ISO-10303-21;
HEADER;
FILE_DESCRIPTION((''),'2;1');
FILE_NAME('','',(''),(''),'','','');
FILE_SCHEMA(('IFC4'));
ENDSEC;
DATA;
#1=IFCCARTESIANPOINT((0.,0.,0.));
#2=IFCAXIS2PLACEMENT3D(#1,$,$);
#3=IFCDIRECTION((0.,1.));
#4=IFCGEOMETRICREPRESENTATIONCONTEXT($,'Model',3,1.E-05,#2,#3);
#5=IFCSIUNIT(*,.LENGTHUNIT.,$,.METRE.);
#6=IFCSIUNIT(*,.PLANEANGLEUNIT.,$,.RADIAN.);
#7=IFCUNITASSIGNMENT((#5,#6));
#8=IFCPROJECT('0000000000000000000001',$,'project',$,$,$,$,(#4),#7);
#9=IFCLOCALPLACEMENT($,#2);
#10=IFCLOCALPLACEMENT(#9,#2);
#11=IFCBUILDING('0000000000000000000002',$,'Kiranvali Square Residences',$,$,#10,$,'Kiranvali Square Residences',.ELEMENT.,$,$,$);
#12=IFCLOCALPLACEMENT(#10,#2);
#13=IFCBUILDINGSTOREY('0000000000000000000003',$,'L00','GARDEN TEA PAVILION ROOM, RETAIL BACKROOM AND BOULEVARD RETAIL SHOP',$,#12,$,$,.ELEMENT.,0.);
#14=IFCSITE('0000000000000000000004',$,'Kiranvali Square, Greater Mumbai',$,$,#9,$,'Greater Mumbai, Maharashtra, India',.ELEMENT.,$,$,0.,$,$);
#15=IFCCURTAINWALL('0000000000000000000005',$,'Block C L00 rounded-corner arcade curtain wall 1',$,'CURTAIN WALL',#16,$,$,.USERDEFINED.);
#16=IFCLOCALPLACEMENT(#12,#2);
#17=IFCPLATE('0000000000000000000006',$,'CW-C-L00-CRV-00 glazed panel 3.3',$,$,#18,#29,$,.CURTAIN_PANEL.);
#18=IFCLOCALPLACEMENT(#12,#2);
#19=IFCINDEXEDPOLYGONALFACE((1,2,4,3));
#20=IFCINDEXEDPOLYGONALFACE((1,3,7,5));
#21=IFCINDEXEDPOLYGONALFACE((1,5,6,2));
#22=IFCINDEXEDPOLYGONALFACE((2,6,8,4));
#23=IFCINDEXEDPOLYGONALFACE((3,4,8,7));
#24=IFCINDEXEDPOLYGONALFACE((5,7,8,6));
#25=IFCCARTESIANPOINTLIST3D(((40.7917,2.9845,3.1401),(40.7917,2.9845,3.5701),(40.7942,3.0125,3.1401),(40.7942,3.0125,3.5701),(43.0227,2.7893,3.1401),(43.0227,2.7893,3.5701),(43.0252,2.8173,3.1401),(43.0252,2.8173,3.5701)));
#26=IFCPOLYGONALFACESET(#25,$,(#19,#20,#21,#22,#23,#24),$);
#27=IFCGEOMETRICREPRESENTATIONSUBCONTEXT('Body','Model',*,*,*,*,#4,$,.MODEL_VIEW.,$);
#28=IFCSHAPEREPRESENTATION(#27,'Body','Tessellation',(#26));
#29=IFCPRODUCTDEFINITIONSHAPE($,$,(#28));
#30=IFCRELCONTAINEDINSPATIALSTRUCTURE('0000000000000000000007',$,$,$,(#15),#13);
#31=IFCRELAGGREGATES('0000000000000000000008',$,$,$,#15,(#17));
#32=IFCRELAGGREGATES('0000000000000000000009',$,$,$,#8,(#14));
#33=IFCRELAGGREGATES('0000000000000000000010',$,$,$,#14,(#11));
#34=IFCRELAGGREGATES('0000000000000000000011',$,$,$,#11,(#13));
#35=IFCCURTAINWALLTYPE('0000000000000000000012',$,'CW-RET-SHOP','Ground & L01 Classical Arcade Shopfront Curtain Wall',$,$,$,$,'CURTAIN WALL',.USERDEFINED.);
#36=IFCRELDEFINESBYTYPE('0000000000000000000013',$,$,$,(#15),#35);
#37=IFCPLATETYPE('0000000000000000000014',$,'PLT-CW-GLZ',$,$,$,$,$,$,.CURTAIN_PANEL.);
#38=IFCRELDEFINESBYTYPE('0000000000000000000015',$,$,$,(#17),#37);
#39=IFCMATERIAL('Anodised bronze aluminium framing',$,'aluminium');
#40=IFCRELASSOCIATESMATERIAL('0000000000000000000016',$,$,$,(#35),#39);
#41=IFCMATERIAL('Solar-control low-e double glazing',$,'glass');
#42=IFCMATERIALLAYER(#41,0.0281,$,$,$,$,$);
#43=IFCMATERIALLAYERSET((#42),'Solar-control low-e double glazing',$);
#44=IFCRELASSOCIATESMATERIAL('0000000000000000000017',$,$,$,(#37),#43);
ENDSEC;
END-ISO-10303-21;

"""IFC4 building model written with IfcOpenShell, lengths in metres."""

from ifc_helpers import new_model, si_unit, direction, frame, origin, origin_2d, place, context, subcontext, project, spatial, rectangle, extrude, material, layer, layer_set, type_object, element, aggregate, save


model = new_model("IFC4")

# Units and contexts
model_context = context("Model", 3, precision=1e-05, world=origin(), true_north=direction((0.0, 1.0)))
body_context = subcontext(model_context, "Body", "Model", "MODEL_VIEW")
ifc_project = project(units=[si_unit("LENGTHUNIT", "METRE"), si_unit("PLANEANGLEUNIT", "RADIAN")], contexts=[model_context])

# Site, building, storey
site_placement = place(None, origin())
site = spatial("IfcSite", under=ifc_project, at=site_placement, Name="Kiranvali Square, Greater Mumbai", LongName="Greater Mumbai, Maharashtra, India", CompositionType="ELEMENT", RefElevation=0.0)
building_placement = place(site_placement, origin())
building = spatial("IfcBuilding", under=site, at=building_placement, Name="Kiranvali Square Residences", LongName="Kiranvali Square Residences", CompositionType="ELEMENT")
storey_placement = place(building_placement, origin())
storey = spatial("IfcBuildingStorey", under=building, at=storey_placement, Name="L00", Description="GARDEN TEA PAVILION ROOM, RETAIL BACKROOM AND BOULEVARD RETAIL SHOP", CompositionType="ELEMENT", Elevation=0.0)

# Curtain wall, plate
ifc_material_1 = material(Name="Anodised bronze aluminium framing", Category="aluminium")
curtain_wall_type = type_object("IfcCurtainWallType", Name="CW-RET-SHOP", Description="Ground & L01 Classical Arcade Shopfront Curtain Wall", ElementType="CURTAIN WALL", PredefinedType="USERDEFINED", material=ifc_material_1)
curtain_wall_placement = place(storey_placement, origin())
curtain_wall = element("IfcCurtainWall", 1, at=curtain_wall_placement, inside=storey, type_object=curtain_wall_type, Name="Block C L00 rounded-corner arcade curtain wall 1", ObjectType="CURTAIN WALL", PredefinedType="USERDEFINED")
ifc_material_2 = material(Name="Solar-control low-e double glazing", Category="glass")
ifc_layer = layer(ifc_material_2, 0.0281)
ifc_layer_set = layer_set([ifc_layer], Name="Solar-control low-e double glazing")
plate_type = type_object("IfcPlateType", Name="PLT-CW-GLZ", PredefinedType="CURTAIN_PANEL", material=ifc_layer_set)
plate_1_placement = place(storey_placement, frame((41.9084, 2.9009, 3.1401), z_axis=(0.0, 0.0, 1.0), x_axis=(-0.996195, 0.087156, 0.0)))
plate_1 = element("IfcPlate", 2, at=plate_1_placement, type_object=plate_type, Name="CW-C-L00-CRV-00 glazed panel 3.3", PredefinedType="CURTAIN_PANEL", context=body_context, shape_type="SweptSolid", body=[
    extrude(rectangle(XDim=2.2395, YDim=0.0281, at=origin_2d()), origin(), (0.0, 0.0, 1.0), 0.4299),
])
aggregate(curtain_wall, [plate_1])

save(model, "model.ifc")
